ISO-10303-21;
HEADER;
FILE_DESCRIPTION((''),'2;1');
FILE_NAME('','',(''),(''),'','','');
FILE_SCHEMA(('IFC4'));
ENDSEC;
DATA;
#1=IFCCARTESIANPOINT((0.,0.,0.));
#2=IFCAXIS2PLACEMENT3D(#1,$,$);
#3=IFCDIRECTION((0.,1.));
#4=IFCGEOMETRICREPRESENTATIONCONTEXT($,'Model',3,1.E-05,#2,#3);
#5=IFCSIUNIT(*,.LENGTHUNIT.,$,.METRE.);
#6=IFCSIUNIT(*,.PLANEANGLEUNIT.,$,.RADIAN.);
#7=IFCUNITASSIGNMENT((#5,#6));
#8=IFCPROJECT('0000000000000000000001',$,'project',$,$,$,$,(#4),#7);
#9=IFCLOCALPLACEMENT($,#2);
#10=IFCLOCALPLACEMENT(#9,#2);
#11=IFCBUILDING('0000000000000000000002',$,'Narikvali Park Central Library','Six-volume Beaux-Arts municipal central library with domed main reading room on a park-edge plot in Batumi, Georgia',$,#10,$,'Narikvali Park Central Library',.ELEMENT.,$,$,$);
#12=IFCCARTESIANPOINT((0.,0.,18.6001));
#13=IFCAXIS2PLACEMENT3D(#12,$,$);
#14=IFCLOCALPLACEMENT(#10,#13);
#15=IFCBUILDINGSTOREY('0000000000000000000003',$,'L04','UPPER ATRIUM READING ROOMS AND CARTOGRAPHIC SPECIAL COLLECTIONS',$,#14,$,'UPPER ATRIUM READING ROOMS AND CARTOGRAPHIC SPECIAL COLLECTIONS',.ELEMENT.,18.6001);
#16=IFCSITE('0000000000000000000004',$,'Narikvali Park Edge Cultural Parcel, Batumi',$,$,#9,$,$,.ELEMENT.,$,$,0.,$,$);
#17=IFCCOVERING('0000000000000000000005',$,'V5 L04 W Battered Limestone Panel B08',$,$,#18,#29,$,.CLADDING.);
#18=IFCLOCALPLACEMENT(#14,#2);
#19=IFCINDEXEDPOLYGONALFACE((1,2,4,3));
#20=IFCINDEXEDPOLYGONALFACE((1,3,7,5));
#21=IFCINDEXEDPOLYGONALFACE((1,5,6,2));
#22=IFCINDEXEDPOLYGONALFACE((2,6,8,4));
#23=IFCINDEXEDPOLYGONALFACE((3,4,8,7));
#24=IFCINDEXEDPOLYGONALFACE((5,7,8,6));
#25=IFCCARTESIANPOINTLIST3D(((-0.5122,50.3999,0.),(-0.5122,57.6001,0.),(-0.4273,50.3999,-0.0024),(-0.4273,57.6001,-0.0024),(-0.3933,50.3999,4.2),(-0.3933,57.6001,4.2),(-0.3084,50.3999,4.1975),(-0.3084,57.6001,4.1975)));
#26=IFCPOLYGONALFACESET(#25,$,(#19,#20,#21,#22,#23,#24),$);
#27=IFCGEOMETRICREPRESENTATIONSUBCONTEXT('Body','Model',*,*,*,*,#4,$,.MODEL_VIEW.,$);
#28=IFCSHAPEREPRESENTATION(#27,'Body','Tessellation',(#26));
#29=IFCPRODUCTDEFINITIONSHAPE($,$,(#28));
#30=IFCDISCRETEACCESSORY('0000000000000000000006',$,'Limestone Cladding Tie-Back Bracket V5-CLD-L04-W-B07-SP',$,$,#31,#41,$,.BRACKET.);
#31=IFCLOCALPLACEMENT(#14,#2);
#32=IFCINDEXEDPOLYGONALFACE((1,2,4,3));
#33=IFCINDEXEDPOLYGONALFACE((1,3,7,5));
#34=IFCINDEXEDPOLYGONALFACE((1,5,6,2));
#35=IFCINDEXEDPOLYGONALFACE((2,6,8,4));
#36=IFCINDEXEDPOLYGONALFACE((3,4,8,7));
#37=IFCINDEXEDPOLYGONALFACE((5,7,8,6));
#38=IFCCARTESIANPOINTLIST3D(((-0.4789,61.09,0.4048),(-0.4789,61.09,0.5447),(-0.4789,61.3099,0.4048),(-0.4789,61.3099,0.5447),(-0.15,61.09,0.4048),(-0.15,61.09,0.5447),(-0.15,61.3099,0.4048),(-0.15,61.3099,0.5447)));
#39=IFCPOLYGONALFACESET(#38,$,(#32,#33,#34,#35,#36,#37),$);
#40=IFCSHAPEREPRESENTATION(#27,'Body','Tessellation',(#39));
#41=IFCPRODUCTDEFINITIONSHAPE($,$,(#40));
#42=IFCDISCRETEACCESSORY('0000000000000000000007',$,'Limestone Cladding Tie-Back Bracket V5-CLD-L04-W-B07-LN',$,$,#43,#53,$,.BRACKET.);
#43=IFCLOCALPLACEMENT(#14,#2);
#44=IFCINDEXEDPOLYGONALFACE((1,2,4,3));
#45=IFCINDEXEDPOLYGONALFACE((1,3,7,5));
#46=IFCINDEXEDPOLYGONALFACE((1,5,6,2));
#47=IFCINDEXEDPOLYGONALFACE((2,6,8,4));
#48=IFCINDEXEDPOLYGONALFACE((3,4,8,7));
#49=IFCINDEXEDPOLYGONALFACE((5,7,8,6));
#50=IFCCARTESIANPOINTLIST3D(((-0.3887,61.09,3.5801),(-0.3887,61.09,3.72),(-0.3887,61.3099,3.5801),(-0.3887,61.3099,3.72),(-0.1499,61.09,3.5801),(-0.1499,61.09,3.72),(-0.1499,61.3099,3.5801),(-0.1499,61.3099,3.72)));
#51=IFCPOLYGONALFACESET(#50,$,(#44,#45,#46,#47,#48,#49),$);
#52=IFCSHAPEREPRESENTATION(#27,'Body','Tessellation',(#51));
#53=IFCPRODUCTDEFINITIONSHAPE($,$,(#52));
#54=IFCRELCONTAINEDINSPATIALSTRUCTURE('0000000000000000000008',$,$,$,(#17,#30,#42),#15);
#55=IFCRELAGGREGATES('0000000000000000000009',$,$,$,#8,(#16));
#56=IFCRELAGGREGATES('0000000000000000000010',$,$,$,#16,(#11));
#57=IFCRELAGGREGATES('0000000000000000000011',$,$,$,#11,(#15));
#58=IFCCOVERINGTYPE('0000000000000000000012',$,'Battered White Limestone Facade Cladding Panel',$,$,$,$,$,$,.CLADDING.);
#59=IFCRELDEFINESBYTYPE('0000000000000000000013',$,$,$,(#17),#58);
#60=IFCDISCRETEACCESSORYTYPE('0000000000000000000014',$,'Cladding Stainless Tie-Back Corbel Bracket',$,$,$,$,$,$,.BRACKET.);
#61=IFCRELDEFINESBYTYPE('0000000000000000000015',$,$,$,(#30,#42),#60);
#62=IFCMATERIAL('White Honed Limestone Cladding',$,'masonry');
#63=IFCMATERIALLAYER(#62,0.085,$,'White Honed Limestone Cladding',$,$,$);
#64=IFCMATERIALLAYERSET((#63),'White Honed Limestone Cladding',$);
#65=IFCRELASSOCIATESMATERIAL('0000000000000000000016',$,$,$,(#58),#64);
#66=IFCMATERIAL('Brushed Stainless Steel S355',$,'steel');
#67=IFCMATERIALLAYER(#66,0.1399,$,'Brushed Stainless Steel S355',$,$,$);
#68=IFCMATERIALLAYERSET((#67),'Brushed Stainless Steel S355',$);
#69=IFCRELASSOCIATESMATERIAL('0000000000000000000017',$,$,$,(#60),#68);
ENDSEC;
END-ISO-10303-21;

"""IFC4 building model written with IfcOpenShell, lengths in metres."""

from ifc_helpers import new_model, si_unit, direction, frame, origin, origin_2d, place, context, subcontext, project, spatial, polyline, rectangle, outline, extrude, material, layer, layer_set, type_object, element, save


model = new_model("IFC4")

# Units and contexts
model_context = context("Model", 3, precision=1e-05, world=origin(), true_north=direction((0.0, 1.0)))
body_context = subcontext(model_context, "Body", "Model", "MODEL_VIEW")
ifc_project = project(units=[si_unit("LENGTHUNIT", "METRE"), si_unit("PLANEANGLEUNIT", "RADIAN")], contexts=[model_context])

# Site, building, storey
site_placement = place(None, origin())
site = spatial("IfcSite", under=ifc_project, at=site_placement, Name="Narikvali Park Edge Cultural Parcel, Batumi", CompositionType="ELEMENT", RefElevation=0.0)
building_placement = place(site_placement, origin())
building = spatial("IfcBuilding", under=site, at=building_placement, Name="Narikvali Park Central Library", Description="Six-volume Beaux-Arts municipal central library with domed main reading room on a park-edge plot in Batumi, Georgia", LongName="Narikvali Park Central Library", CompositionType="ELEMENT")
storey_placement = place(building_placement, frame((0.0, 0.0, 18.6001)))
storey = spatial("IfcBuildingStorey", under=building, at=storey_placement, Name="L04", Description="UPPER ATRIUM READING ROOMS AND CARTOGRAPHIC SPECIAL COLLECTIONS", LongName="UPPER ATRIUM READING ROOMS AND CARTOGRAPHIC SPECIAL COLLECTIONS", CompositionType="ELEMENT", Elevation=18.6001)

# Covering
ifc_material_1 = material(Name="White Honed Limestone Cladding", Category="masonry")
ifc_layer_1 = layer(ifc_material_1, 0.085, Name="White Honed Limestone Cladding")
ifc_layer_set_1 = layer_set([ifc_layer_1], Name="White Honed Limestone Cladding")
covering_type = type_object("IfcCoveringType", Name="Battered White Limestone Facade Cladding Panel", PredefinedType="CLADDING", material=ifc_layer_set_1)
covering_1_placement = place(storey_placement, frame((-0.5122, 57.6001, 0.0), z_axis=(-0.9996, 0.0, 0.028298), x_axis=(0.0, -1.0, 0.0)))
element("IfcCovering", 1, at=covering_1_placement, inside=storey, type_object=covering_type, Name="V5 L04 W Battered Limestone Panel B08", PredefinedType="CLADDING", context=body_context, shape_type="SweptSolid", body=[
    extrude(outline(polyline([(0.0, 0.0), (7.2002, 0.0), (7.2002, 4.2016), (0.0, 4.2016), (0.0, 0.0)])), origin(), (0.0, 0.0, -1.0), 0.085),
])

# Discrete accessories
ifc_material_2 = material(Name="Brushed Stainless Steel S355", Category="steel")
ifc_layer_2 = layer(ifc_material_2, 0.1399, Name="Brushed Stainless Steel S355")
ifc_layer_set_2 = layer_set([ifc_layer_2], Name="Brushed Stainless Steel S355")
discrete_accessory_type = type_object("IfcDiscreteAccessoryType", Name="Cladding Stainless Tie-Back Corbel Bracket", PredefinedType="BRACKET", material=ifc_layer_set_2)
discrete_accessory_1_placement = place(storey_placement, frame((-0.3145, 61.2, 0.4048), z_axis=(0.0, 0.0, 1.0), x_axis=(1.0, 0.0, 0.0)))
element("IfcDiscreteAccessory", 2, at=discrete_accessory_1_placement, inside=storey, type_object=discrete_accessory_type, Name="Limestone Cladding Tie-Back Bracket V5-CLD-L04-W-B07-SP", PredefinedType="BRACKET", context=body_context, shape_type="SweptSolid", body=[
    extrude(rectangle(XDim=0.3289, YDim=0.22, at=origin_2d()), origin(), (0.0, 0.0, 1.0), 0.1399),
])
discrete_accessory_2_placement = place(storey_placement, frame((-0.2693, 61.2, 3.5801), z_axis=(0.0, 0.0, 1.0), x_axis=(1.0, 0.0, 0.0)))
element("IfcDiscreteAccessory", 3, at=discrete_accessory_2_placement, inside=storey, type_object=discrete_accessory_type, Name="Limestone Cladding Tie-Back Bracket V5-CLD-L04-W-B07-LN", PredefinedType="BRACKET", context=body_context, shape_type="SweptSolid", body=[
    extrude(rectangle(XDim=0.2388, YDim=0.22, at=origin_2d()), origin(), (0.0, 0.0, 1.0), 0.1399),
])

save(model, "model.ifc")
